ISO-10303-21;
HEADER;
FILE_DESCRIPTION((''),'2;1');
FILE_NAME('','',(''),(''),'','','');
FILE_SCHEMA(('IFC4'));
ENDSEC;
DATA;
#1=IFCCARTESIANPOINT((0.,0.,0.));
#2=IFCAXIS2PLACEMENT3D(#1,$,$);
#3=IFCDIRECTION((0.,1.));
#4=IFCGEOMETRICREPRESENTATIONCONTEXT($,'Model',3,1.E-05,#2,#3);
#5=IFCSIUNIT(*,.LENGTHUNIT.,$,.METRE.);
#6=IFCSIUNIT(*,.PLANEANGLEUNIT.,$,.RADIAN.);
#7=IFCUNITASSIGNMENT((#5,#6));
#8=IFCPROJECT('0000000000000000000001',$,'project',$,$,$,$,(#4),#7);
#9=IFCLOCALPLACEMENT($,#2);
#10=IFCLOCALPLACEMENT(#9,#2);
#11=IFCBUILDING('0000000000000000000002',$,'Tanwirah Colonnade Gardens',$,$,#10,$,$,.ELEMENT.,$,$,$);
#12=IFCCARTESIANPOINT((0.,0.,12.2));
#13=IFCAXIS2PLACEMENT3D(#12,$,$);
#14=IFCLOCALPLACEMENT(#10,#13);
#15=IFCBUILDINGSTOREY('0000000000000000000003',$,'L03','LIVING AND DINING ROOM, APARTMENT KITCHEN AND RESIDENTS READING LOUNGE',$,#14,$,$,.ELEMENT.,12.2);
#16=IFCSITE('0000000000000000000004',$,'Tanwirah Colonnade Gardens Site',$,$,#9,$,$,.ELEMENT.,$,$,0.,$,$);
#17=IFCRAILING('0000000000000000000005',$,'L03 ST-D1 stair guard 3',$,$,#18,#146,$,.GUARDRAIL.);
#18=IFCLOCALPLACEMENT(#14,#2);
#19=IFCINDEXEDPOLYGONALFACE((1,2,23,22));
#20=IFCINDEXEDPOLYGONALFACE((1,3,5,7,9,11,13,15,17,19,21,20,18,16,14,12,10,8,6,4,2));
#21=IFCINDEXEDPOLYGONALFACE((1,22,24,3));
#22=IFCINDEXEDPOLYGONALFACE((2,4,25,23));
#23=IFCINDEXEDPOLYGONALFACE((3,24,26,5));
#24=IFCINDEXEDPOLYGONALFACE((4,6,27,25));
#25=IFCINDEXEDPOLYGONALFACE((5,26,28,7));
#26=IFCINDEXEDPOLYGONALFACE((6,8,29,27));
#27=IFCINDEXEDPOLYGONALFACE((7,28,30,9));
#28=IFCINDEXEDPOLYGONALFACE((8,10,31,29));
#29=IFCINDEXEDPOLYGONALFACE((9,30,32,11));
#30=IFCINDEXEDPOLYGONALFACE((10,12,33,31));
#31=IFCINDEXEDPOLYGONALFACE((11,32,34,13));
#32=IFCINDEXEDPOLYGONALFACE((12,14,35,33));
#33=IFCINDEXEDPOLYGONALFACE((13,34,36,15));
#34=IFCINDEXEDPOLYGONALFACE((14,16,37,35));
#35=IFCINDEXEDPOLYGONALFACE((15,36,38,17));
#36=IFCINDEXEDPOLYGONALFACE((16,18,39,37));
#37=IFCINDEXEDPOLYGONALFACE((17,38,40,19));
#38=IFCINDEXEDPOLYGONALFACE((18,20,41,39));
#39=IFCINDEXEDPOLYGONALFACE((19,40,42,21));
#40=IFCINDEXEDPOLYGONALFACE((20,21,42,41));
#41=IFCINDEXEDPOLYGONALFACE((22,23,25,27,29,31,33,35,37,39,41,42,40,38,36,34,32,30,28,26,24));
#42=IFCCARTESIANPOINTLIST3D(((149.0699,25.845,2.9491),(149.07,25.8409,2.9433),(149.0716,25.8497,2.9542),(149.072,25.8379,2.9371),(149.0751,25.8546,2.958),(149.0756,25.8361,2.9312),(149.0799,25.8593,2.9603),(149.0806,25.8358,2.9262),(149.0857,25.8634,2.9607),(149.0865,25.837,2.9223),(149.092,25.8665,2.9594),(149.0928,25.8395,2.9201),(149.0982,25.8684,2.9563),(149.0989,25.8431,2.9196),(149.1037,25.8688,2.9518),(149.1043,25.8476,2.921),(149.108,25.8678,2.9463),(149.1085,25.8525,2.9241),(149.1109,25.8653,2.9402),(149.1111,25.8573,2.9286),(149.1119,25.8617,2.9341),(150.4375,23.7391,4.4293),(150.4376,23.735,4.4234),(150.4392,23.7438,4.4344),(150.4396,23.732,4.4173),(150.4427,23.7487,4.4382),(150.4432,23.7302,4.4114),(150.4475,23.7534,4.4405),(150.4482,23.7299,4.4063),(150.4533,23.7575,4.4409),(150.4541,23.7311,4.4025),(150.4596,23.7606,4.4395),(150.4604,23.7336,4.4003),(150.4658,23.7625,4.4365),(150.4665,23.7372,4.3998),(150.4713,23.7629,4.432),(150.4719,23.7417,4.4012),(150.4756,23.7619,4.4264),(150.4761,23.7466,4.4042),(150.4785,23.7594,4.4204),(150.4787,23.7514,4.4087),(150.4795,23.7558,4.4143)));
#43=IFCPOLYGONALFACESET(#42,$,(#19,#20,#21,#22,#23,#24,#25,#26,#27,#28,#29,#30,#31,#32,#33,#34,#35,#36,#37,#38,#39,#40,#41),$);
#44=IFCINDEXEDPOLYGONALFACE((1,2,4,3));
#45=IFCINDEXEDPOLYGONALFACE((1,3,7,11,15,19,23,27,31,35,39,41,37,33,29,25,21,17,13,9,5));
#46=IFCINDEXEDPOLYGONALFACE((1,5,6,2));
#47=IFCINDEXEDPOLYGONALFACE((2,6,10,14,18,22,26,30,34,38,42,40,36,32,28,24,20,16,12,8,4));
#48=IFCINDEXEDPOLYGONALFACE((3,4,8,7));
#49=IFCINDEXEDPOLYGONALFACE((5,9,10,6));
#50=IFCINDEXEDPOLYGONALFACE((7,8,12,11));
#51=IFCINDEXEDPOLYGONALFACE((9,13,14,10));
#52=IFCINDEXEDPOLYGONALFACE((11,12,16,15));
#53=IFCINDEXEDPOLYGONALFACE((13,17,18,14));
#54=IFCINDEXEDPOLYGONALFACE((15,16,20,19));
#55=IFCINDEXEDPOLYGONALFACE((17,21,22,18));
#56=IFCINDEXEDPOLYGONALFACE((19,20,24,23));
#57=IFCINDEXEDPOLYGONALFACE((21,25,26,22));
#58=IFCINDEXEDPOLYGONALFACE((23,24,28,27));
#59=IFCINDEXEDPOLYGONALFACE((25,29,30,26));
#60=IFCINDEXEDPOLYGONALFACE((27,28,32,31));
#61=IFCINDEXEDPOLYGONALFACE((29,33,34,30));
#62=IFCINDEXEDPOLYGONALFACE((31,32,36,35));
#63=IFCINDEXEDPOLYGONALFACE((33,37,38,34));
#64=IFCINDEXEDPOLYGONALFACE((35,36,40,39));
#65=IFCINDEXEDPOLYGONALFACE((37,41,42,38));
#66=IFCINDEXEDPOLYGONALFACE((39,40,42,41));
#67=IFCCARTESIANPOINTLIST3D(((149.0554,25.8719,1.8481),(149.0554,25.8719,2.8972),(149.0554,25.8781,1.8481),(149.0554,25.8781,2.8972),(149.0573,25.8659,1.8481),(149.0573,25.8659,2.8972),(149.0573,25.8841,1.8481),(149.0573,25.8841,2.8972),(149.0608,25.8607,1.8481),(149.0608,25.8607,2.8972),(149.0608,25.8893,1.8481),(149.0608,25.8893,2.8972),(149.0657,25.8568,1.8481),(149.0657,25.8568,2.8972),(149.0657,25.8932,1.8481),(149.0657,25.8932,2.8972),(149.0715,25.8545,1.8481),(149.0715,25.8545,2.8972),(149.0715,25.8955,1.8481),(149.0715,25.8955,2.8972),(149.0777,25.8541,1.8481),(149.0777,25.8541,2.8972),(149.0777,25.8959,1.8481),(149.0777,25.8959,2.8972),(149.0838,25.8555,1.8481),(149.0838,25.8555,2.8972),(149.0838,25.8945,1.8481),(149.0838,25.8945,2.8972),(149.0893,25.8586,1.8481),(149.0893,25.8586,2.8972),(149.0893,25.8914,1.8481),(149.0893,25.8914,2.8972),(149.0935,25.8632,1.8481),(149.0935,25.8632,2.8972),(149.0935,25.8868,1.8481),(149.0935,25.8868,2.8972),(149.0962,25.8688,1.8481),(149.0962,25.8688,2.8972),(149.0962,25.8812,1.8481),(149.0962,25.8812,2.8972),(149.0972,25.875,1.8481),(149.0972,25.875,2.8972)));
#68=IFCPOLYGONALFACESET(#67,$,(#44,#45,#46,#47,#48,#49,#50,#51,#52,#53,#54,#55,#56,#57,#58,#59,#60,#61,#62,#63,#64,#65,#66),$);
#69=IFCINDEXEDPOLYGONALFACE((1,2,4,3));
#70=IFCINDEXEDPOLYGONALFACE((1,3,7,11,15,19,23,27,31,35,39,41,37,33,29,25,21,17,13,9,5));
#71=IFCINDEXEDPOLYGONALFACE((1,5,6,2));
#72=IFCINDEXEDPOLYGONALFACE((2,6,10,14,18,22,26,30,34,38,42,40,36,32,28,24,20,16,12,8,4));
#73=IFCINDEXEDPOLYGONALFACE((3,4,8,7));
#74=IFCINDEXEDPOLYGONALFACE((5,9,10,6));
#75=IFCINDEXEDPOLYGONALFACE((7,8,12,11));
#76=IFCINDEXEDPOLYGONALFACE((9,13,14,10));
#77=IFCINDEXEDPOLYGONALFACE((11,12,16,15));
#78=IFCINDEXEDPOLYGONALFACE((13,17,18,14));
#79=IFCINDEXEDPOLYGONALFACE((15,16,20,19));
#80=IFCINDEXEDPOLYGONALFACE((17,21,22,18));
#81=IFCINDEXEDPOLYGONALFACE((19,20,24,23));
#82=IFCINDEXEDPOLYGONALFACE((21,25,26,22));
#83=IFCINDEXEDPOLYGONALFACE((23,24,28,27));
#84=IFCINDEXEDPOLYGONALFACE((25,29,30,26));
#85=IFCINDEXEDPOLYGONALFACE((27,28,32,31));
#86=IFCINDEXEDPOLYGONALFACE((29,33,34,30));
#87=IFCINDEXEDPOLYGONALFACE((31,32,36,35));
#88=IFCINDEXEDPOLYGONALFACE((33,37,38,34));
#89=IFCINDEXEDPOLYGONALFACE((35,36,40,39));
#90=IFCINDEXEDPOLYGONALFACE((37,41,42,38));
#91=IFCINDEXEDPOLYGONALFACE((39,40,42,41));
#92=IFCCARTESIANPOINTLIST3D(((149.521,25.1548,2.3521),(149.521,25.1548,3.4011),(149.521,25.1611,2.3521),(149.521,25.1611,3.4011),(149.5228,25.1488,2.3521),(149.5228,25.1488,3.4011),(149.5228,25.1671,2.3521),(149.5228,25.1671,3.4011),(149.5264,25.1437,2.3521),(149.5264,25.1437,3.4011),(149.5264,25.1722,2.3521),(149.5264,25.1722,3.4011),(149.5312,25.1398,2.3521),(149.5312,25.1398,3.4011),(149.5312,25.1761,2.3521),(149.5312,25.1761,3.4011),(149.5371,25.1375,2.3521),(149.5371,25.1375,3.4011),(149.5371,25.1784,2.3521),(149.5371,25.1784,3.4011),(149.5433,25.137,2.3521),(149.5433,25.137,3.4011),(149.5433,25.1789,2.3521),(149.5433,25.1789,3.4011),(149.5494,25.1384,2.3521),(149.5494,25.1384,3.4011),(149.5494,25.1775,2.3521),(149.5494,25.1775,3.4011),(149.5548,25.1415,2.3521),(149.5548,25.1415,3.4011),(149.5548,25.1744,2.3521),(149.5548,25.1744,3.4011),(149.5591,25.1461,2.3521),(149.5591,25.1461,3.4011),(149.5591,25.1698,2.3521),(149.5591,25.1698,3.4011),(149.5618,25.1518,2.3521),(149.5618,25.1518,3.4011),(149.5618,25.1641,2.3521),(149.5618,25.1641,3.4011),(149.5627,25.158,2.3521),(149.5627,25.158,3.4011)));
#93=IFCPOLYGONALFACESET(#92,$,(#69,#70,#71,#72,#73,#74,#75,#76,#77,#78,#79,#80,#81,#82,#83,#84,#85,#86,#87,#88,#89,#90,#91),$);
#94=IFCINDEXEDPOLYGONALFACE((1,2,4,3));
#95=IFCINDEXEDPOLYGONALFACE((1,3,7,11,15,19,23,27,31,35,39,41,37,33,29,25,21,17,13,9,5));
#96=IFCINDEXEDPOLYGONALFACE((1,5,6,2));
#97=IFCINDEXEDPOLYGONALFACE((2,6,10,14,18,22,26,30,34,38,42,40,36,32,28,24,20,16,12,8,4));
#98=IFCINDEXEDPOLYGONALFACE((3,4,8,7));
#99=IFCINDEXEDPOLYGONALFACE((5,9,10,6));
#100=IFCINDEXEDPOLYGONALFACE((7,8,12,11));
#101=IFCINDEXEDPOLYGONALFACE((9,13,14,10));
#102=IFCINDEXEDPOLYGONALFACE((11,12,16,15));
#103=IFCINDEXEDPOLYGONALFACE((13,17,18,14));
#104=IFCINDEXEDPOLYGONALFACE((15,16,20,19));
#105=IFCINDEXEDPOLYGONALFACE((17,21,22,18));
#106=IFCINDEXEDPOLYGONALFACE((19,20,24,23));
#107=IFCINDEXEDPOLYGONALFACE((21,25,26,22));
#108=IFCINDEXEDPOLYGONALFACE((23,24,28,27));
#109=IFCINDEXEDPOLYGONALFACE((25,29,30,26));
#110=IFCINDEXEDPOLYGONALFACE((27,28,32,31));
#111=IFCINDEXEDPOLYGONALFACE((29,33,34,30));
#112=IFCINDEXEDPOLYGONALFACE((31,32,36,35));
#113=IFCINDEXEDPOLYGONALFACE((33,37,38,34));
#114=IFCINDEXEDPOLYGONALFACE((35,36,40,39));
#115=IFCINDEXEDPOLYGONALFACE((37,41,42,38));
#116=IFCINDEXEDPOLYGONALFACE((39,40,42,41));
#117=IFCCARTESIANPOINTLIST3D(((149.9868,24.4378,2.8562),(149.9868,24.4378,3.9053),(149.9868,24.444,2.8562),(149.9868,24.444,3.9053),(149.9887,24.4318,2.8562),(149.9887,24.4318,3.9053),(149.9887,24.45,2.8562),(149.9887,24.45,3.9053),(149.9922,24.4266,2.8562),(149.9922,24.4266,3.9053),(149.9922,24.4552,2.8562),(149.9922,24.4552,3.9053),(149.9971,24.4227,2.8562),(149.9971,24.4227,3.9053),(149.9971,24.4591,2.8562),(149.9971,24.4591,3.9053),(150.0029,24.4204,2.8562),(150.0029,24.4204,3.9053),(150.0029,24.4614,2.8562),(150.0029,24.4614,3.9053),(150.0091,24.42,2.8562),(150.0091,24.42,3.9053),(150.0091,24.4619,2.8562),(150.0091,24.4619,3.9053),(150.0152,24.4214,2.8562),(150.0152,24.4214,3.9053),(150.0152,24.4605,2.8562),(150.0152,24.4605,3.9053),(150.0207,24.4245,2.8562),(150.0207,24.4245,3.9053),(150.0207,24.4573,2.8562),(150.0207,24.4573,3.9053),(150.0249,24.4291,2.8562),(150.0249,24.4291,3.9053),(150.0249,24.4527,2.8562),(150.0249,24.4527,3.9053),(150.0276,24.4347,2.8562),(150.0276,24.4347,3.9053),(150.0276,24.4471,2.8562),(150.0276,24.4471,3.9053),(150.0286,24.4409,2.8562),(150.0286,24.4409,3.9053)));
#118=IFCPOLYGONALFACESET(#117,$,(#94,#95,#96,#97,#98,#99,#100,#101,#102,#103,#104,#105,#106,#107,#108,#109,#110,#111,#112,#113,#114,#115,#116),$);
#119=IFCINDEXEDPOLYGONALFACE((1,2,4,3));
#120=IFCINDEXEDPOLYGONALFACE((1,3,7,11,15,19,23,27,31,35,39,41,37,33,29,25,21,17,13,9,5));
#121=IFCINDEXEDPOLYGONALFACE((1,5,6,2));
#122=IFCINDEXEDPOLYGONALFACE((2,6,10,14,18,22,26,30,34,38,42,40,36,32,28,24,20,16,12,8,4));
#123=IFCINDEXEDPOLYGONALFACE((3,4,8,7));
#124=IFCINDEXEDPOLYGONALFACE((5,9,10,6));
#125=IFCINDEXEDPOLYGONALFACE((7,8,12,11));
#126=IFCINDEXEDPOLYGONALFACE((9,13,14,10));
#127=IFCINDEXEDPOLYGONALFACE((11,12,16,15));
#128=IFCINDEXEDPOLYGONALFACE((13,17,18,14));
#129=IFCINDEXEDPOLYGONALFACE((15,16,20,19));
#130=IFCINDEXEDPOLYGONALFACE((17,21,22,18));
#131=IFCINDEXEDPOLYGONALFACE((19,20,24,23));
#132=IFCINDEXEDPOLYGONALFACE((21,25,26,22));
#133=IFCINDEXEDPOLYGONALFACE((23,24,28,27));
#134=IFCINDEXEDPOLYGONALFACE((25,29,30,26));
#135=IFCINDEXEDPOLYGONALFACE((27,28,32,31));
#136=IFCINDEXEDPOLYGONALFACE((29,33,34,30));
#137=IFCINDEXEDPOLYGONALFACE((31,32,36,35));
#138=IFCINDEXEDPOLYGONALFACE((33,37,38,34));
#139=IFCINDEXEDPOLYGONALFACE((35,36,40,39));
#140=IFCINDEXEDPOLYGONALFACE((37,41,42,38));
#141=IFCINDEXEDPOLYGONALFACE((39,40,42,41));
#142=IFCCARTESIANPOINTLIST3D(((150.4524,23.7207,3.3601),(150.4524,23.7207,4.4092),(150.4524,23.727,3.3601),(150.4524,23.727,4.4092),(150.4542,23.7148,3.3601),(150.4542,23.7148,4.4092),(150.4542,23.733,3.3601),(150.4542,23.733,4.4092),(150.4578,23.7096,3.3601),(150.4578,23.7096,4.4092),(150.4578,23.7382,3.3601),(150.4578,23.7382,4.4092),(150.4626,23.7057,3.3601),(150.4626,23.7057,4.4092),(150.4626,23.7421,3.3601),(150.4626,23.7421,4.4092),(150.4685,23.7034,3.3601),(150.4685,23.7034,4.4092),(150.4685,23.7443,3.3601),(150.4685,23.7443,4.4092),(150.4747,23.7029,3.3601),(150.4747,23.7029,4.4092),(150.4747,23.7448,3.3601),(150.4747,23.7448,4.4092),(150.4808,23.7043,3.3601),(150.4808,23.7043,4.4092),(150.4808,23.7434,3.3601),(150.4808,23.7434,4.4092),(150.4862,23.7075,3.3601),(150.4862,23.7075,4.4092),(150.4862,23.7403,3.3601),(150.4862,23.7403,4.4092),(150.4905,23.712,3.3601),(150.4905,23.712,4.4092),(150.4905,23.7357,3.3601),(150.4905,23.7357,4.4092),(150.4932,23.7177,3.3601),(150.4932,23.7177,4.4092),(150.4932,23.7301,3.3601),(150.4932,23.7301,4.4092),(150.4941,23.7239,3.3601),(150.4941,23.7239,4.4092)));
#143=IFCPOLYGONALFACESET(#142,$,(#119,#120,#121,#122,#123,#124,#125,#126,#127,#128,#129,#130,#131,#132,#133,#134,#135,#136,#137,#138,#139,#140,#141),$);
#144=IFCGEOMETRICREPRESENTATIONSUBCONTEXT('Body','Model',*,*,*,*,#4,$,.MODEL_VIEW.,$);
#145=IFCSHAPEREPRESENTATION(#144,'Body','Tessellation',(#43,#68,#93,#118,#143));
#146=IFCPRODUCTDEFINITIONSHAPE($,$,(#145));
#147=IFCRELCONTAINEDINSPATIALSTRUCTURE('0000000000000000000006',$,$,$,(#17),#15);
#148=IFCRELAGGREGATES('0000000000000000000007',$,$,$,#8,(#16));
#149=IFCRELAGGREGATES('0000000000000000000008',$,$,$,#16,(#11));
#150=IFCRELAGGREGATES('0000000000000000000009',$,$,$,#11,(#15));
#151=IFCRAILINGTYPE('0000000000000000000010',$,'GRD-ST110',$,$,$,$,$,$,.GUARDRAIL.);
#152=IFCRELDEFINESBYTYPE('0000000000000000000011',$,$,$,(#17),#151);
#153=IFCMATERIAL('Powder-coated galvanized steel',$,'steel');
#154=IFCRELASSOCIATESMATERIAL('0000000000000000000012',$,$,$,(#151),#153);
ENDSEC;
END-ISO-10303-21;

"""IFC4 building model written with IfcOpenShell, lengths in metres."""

from ifc_helpers import new_model, si_unit, direction, frame, origin, origin_2d, place, context, subcontext, project, spatial, circle, extrude, material, type_object, element, save


model = new_model("IFC4")

# Units and contexts
model_context = context("Model", 3, precision=1e-05, world=origin(), true_north=direction((0.0, 1.0)))
body_context = subcontext(model_context, "Body", "Model", "MODEL_VIEW")
ifc_project = project(units=[si_unit("LENGTHUNIT", "METRE"), si_unit("PLANEANGLEUNIT", "RADIAN")], contexts=[model_context])

# Site, building, storey
site_placement = place(None, origin())
site = spatial("IfcSite", under=ifc_project, at=site_placement, Name="Tanwirah Colonnade Gardens Site", CompositionType="ELEMENT", RefElevation=0.0)
building_placement = place(site_placement, origin())
building = spatial("IfcBuilding", under=site, at=building_placement, Name="Tanwirah Colonnade Gardens", CompositionType="ELEMENT")
storey_placement = place(building_placement, frame((0.0, 0.0, 12.2)))
storey = spatial("IfcBuildingStorey", under=building, at=storey_placement, Name="L03", Description="LIVING AND DINING ROOM, APARTMENT KITCHEN AND RESIDENTS READING LOUNGE", CompositionType="ELEMENT", Elevation=12.2)

# Railing
ifc_material_1 = material(Name="Powder-coated galvanized steel", Category="steel")
railing_type_1 = type_object("IfcRailingType", Name="GRD-ST110", PredefinedType="GUARDRAIL", material=ifc_material_1)
railing_1_placement = place(storey_placement, frame((149.0762, 25.875, 1.8481)))
element("IfcRailing", 1, at=railing_1_placement, inside=storey, type_object=railing_type_1, Name="L03 ST-D1 stair guard 3", PredefinedType="GUARDRAIL", context=body_context, shape_type="SweptSolid", body=[
    extrude(circle(Radius=0.0239, at=origin_2d()), frame((0.0146, -0.0227, 1.092), z_axis=(0.469193, -0.722484, 0.507814), x_axis=(0.838668, 0.544644, 0.0)), (0.0, 0.0, 1.0), 2.9148),
    extrude(circle(Radius=0.021, at=origin_2d()), origin(), (0.0, 0.0, 1.0), 1.0491),
    extrude(circle(Radius=0.021, at=origin_2d()), frame((0.4656, -0.717, 0.5039)), (0.0, 0.0, 1.0), 1.0491),
    extrude(circle(Radius=0.021, at=origin_2d()), frame((0.9314, -1.4341, 1.0081)), (0.0, 0.0, 1.0), 1.0491),
    extrude(circle(Radius=0.021, at=origin_2d()), frame((1.397, -2.1511, 1.512)), (0.0, 0.0, 1.0), 1.0491),
])

save(model, "model.ifc")
